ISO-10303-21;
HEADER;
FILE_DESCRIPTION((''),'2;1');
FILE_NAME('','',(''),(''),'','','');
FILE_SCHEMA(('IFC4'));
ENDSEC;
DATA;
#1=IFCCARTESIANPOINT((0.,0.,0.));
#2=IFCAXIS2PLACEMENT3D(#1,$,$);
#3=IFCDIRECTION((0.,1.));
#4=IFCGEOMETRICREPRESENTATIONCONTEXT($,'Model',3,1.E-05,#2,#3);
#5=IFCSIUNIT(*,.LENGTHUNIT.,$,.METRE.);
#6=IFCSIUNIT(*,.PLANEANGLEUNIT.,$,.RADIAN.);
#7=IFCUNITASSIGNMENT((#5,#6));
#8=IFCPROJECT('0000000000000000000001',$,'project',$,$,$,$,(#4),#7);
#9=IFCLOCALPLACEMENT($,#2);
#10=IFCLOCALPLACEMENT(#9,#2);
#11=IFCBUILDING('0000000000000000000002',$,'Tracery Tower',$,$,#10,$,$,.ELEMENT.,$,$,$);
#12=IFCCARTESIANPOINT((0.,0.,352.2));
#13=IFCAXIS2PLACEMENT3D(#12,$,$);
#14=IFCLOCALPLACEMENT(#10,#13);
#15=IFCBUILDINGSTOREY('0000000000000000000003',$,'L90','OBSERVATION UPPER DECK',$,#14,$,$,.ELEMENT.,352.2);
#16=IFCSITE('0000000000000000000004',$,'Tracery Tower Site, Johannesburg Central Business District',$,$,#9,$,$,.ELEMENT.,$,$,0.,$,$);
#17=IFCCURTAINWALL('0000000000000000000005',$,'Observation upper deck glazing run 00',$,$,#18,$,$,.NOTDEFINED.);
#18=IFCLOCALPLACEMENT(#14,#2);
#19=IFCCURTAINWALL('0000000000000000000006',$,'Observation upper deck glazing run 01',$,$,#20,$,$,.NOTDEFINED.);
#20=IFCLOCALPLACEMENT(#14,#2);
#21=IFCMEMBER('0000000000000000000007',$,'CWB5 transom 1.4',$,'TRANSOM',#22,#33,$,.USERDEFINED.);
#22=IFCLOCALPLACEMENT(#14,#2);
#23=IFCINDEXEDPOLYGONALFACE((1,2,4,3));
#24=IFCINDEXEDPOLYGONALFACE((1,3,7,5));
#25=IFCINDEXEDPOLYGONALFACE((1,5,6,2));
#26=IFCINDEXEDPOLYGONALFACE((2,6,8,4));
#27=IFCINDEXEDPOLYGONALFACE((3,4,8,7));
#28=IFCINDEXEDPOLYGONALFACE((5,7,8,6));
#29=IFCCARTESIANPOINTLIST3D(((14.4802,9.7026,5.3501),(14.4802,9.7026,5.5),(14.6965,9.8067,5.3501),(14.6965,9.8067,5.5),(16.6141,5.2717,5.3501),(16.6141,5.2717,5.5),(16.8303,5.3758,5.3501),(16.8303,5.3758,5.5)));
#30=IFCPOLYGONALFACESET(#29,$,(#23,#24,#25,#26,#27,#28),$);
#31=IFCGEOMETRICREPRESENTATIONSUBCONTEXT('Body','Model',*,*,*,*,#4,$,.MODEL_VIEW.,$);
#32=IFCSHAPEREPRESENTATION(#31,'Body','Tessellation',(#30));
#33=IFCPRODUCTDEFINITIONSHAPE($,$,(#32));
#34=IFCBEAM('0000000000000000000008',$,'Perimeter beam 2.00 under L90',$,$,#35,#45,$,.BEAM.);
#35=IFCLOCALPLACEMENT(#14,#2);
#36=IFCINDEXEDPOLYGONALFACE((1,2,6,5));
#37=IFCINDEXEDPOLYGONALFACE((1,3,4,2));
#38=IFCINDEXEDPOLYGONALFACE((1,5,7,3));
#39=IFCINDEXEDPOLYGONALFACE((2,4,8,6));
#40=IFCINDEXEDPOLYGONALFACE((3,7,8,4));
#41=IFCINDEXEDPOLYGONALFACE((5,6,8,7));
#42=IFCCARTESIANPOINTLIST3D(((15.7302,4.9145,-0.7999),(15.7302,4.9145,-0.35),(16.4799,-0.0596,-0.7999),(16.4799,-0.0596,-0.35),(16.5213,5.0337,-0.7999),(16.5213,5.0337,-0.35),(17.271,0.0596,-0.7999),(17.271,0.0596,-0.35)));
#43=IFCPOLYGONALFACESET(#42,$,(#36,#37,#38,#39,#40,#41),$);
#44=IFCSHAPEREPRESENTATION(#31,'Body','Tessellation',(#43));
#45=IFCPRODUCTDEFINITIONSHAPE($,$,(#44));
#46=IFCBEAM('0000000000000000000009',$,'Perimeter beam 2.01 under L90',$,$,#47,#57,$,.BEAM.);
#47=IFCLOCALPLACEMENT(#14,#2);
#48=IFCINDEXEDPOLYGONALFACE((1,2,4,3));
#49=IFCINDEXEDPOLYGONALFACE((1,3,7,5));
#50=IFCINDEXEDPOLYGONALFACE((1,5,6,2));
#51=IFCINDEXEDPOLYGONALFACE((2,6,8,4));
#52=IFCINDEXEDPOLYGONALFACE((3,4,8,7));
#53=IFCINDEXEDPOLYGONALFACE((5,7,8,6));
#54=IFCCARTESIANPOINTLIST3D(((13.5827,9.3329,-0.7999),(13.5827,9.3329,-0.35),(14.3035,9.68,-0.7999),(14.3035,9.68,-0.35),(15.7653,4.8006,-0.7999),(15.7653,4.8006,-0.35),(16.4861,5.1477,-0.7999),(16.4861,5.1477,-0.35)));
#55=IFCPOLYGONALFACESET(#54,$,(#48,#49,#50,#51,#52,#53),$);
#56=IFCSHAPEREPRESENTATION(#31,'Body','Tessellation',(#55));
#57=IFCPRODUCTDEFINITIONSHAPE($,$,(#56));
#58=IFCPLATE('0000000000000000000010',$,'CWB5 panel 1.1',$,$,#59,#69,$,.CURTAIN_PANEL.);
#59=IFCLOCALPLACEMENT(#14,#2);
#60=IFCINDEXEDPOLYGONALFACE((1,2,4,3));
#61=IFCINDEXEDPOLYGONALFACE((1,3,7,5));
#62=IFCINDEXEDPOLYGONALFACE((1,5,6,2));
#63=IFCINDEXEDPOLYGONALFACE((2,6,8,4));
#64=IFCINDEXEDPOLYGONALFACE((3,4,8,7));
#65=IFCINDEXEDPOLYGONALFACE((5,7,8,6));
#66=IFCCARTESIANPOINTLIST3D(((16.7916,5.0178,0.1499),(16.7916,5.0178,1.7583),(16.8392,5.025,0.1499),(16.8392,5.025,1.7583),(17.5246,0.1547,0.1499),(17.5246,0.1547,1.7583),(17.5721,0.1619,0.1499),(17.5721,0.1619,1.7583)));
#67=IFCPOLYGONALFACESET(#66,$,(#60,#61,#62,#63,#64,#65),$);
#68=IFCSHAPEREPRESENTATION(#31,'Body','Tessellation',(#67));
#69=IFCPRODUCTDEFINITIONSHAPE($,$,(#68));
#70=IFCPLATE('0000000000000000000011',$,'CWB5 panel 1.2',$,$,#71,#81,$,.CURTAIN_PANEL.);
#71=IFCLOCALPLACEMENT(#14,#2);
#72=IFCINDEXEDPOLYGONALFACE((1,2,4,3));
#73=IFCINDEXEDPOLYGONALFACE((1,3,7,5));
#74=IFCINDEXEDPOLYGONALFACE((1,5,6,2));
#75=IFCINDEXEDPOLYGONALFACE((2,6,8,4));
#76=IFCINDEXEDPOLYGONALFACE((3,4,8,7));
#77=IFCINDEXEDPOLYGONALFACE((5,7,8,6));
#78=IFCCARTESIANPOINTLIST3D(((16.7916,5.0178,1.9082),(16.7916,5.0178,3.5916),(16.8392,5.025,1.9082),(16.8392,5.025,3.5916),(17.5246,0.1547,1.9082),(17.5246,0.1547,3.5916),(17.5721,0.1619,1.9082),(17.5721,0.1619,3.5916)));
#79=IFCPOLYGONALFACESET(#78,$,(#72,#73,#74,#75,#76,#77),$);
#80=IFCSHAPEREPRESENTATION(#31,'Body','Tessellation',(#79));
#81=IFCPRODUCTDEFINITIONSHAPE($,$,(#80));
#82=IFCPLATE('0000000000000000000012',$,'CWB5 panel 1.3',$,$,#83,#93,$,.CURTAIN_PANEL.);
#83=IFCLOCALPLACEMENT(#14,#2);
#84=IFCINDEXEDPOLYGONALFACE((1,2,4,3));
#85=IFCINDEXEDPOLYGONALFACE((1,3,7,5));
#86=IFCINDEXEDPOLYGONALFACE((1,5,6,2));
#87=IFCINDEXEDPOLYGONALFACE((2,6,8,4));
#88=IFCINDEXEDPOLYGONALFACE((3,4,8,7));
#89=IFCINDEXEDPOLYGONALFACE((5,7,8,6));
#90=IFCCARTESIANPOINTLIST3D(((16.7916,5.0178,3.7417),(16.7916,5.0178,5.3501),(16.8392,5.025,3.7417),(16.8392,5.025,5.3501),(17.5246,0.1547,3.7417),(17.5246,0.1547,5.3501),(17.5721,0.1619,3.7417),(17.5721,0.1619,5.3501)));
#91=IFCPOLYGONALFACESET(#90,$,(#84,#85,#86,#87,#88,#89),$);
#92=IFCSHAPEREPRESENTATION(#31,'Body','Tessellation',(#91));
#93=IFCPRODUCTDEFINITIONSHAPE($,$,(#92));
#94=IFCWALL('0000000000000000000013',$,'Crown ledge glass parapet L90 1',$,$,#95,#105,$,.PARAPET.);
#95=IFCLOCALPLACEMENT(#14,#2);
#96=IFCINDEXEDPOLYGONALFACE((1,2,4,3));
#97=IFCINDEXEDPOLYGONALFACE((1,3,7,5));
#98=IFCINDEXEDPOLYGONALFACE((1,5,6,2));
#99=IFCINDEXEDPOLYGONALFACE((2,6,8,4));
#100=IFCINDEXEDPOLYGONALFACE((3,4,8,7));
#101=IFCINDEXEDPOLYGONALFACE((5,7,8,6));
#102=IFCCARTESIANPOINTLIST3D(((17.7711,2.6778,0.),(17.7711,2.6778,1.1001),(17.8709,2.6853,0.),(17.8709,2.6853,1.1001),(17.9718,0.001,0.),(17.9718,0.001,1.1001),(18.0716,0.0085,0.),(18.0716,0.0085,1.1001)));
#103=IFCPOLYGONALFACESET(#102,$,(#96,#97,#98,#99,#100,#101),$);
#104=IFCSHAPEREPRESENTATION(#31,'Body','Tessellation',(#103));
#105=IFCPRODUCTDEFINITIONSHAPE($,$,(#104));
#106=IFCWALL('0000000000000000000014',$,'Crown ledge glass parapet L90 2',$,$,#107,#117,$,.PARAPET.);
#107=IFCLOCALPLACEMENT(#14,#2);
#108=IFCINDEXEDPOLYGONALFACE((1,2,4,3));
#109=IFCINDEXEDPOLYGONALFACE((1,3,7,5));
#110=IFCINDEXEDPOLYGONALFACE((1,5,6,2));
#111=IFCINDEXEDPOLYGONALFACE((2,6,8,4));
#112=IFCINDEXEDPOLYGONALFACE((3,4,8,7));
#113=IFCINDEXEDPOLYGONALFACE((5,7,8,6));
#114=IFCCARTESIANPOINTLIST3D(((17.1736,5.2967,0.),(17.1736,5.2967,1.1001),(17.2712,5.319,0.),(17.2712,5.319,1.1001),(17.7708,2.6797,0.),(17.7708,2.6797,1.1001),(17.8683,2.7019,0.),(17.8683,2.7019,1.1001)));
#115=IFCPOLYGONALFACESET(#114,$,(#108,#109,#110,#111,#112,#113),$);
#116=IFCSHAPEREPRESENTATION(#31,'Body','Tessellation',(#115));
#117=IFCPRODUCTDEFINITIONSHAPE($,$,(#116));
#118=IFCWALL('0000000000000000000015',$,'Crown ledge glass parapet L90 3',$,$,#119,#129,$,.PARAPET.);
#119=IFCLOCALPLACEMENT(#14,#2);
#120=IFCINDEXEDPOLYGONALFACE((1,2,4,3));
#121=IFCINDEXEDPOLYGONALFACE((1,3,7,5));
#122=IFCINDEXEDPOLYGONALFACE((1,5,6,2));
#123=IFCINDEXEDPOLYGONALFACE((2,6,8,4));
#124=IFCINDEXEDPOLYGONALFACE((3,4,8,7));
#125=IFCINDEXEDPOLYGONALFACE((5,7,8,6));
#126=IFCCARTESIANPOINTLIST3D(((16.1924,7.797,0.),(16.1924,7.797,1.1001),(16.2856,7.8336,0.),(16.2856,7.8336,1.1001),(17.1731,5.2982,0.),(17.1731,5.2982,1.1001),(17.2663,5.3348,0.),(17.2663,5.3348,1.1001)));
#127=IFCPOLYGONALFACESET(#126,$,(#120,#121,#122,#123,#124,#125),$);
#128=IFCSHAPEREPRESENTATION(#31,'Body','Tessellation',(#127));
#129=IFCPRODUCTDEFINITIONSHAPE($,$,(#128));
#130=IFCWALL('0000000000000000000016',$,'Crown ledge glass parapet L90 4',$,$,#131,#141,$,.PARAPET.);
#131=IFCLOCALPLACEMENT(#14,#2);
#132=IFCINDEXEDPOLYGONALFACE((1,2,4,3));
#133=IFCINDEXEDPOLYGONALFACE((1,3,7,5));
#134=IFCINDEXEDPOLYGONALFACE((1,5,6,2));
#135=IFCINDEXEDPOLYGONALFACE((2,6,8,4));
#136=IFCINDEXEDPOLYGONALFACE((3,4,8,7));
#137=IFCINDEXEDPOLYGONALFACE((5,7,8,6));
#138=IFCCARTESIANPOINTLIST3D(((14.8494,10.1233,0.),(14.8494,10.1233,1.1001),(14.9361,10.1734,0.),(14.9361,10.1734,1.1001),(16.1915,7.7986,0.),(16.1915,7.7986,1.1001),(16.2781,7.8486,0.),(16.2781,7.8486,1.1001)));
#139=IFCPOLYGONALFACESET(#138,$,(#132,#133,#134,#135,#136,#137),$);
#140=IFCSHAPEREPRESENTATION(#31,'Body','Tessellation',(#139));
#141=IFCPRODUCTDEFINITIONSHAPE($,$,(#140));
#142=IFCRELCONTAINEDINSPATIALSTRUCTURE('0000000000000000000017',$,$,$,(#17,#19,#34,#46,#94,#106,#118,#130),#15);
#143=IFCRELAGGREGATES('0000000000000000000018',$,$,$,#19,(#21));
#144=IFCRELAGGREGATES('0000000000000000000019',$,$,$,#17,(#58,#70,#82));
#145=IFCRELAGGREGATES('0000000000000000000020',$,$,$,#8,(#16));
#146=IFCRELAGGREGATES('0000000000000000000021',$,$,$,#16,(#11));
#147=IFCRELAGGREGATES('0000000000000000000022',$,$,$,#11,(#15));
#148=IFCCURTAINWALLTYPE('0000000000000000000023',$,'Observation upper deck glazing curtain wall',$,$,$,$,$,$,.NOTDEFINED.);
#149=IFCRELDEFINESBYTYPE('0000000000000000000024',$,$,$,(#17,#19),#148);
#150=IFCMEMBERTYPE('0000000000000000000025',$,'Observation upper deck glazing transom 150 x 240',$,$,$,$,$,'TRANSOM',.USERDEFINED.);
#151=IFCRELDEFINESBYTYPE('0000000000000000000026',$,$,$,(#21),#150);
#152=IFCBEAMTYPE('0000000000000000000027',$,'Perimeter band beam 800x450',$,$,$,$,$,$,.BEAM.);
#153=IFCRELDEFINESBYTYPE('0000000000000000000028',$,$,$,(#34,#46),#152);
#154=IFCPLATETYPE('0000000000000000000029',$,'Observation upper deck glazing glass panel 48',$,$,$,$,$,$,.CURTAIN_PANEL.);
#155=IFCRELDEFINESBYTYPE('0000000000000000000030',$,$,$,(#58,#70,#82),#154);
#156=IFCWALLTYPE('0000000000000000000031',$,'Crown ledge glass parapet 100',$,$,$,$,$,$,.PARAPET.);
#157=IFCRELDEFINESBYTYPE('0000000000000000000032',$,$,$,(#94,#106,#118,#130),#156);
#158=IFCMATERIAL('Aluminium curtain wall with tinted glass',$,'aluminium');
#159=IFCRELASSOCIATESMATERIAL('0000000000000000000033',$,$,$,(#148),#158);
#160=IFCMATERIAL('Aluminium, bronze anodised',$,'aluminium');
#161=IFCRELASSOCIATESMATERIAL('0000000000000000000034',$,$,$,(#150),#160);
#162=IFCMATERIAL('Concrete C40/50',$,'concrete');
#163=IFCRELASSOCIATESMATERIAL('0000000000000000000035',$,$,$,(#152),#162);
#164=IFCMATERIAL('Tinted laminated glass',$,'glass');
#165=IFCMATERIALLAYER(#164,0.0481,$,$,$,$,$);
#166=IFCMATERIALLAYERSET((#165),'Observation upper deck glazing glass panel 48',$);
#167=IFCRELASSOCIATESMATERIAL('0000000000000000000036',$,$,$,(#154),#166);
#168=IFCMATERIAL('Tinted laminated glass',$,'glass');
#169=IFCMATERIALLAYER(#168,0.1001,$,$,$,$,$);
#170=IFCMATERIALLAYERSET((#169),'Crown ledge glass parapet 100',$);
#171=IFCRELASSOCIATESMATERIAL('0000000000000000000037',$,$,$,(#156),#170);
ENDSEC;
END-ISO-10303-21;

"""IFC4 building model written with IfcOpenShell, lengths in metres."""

from ifc_helpers import new_model, si_unit, direction, frame, frame_2d, origin, origin_2d, place, context, subcontext, project, spatial, rectangle, extrude, material, layer, layer_set, material_profile, profile_set, type_object, element, aggregate, save


model = new_model("IFC4")

# Units and contexts
model_context = context("Model", 3, precision=1e-05, world=origin(), true_north=direction((0.0, 1.0)))
body_context = subcontext(model_context, "Body", "Model", "MODEL_VIEW")
ifc_project = project(units=[si_unit("LENGTHUNIT", "METRE"), si_unit("PLANEANGLEUNIT", "RADIAN")], contexts=[model_context])

# Site, building, storey
site_placement = place(None, origin())
site = spatial("IfcSite", under=ifc_project, at=site_placement, Name="Tracery Tower Site, Johannesburg Central Business District", CompositionType="ELEMENT", RefElevation=0.0)
building_placement = place(site_placement, origin())
building = spatial("IfcBuilding", under=site, at=building_placement, Name="Tracery Tower", CompositionType="ELEMENT")
storey_placement = place(building_placement, frame((0.0, 0.0, 352.2)))
storey = spatial("IfcBuildingStorey", under=building, at=storey_placement, Name="L90", Description="OBSERVATION UPPER DECK", CompositionType="ELEMENT", Elevation=352.2)

# Curtain wall
ifc_material_1 = material(Name="Aluminium curtain wall with tinted glass", Category="aluminium")
curtain_wall_type = type_object("IfcCurtainWallType", Name="Observation upper deck glazing curtain wall", PredefinedType="NOTDEFINED", material=ifc_material_1)
curtain_wall_1_placement = place(storey_placement, origin())
curtain_wall_1 = element("IfcCurtainWall", 1, at=curtain_wall_1_placement, inside=storey, type_object=curtain_wall_type, Name="Observation upper deck glazing run 00", PredefinedType="NOTDEFINED")

# Curtain wall
curtain_wall_2_placement = place(storey_placement, origin())
curtain_wall_2 = element("IfcCurtainWall", 2, at=curtain_wall_2_placement, inside=storey, type_object=curtain_wall_type, Name="Observation upper deck glazing run 01", PredefinedType="NOTDEFINED")

# Member
ifc_material_2 = material(Name="Aluminium, bronze anodised", Category="aluminium")
ifc_material_profile_1 = material_profile(ifc_material_2, rectangle(XDim=0.24, YDim=0.1499, at=origin_2d()), Name="Observation upper deck glazing transom 150 x 240")
ifc_profile_set_1 = profile_set([ifc_material_profile_1], Name="Aluminium, bronze anodised")
member_type_1 = type_object("IfcMemberType", Name="Observation upper deck glazing transom 150 x 240", ElementType="TRANSOM", PredefinedType="USERDEFINED", material=ifc_profile_set_1)
member_1_placement = place(storey_placement, frame((16.7222, 5.3237, 5.425), z_axis=(-0.43388, 0.900971, 0.0), x_axis=(-0.900971, -0.43388, 0.0)))
member_1 = element("IfcMember", 3, at=member_1_placement, type_object=member_type_1, Name="CWB5 transom 1.4", ObjectType="TRANSOM", PredefinedType="USERDEFINED", context=body_context, shape_type="SweptSolid", body=[
    extrude(rectangle(XDim=0.24, YDim=0.1499, at=origin_2d()), origin(), (0.0, 0.0, 1.0), 4.918),
])
aggregate(curtain_wall_2, [member_1])

# Beams
ifc_material_3 = material(Name="Concrete C40/50", Category="concrete")
ifc_material_profile_2 = material_profile(ifc_material_3, rectangle(XDim=0.8, YDim=0.45, at=origin_2d()), Name="RC 800x450")
ifc_profile_set_2 = profile_set([ifc_material_profile_2], Name="Concrete C40/50")
beam_type = type_object("IfcBeamType", Name="Perimeter band beam 800x450", PredefinedType="BEAM", material=ifc_profile_set_2)
beam_1_placement = place(storey_placement, frame((16.8755, 0.0, -0.575), z_axis=(-0.149048, 0.98883, 0.0), x_axis=(-0.98883, -0.149048, 0.0)))
element("IfcBeam", 4, at=beam_1_placement, inside=storey, type_object=beam_type, Name="Perimeter beam 2.00 under L90", PredefinedType="BEAM", context=body_context, shape_type="SweptSolid", body=[
    extrude(rectangle(XDim=0.8, YDim=0.45, at=origin_2d()), origin(), (0.0, 0.0, 1.0), 5.0303),
])
beam_2_placement = place(storey_placement, frame((16.1257, 4.9741, -0.575), z_axis=(-0.433886, 0.900968, 0.0), x_axis=(-0.900968, -0.433886, 0.0)))
element("IfcBeam", 5, at=beam_2_placement, inside=storey, type_object=beam_type, Name="Perimeter beam 2.01 under L90", PredefinedType="BEAM", context=body_context, shape_type="SweptSolid", body=[
    extrude(rectangle(XDim=0.8, YDim=0.45, at=origin_2d()), origin(), (0.0, 0.0, 1.0), 5.0305),
])

# Plates
ifc_material_4 = material(Name="Tinted laminated glass", Category="glass")
ifc_layer_1 = layer(ifc_material_4, 0.0481)
ifc_layer_set_1 = layer_set([ifc_layer_1], Name="Observation upper deck glazing glass panel 48")
plate_type = type_object("IfcPlateType", Name="Observation upper deck glazing glass panel 48", PredefinedType="CURTAIN_PANEL", material=ifc_layer_set_1)
plate_1_placement = place(storey_placement, frame((17.1819, 2.5898, 0.1499), z_axis=(0.0, 0.0, 1.0), x_axis=(-0.149033, 0.988832, 0.0)))
plate_1 = element("IfcPlate", 6, at=plate_1_placement, type_object=plate_type, Name="CWB5 panel 1.1", PredefinedType="CURTAIN_PANEL", context=body_context, shape_type="SweptSolid", body=[
    extrude(rectangle(XDim=4.918, YDim=0.0481, at=origin_2d()), origin(), (0.0, 0.0, 1.0), 1.6084),
])
plate_2_placement = place(storey_placement, frame((17.1819, 2.5898, 1.9082), z_axis=(0.0, 0.0, 1.0), x_axis=(-0.149033, 0.988832, 0.0)))
plate_2 = element("IfcPlate", 7, at=plate_2_placement, type_object=plate_type, Name="CWB5 panel 1.2", PredefinedType="CURTAIN_PANEL", context=body_context, shape_type="SweptSolid", body=[
    extrude(rectangle(XDim=4.918, YDim=0.0481, at=origin_2d()), origin(), (0.0, 0.0, 1.0), 1.6833),
])
plate_3_placement = place(storey_placement, frame((17.1819, 2.5898, 3.7417), z_axis=(0.0, 0.0, 1.0), x_axis=(-0.149033, 0.988832, 0.0)))
plate_3 = element("IfcPlate", 8, at=plate_3_placement, type_object=plate_type, Name="CWB5 panel 1.3", PredefinedType="CURTAIN_PANEL", context=body_context, shape_type="SweptSolid", body=[
    extrude(rectangle(XDim=4.918, YDim=0.0481, at=origin_2d()), origin(), (0.0, 0.0, 1.0), 1.6084),
])
aggregate(curtain_wall_1, [plate_1, plate_2, plate_3])

# Walls
ifc_material_5 = material(Name="Tinted laminated glass", Category="glass")
ifc_layer_2 = layer(ifc_material_5, 0.1001)
ifc_layer_set_2 = layer_set([ifc_layer_2], Name="Crown ledge glass parapet 100")
wall_type = type_object("IfcWallType", Name="Crown ledge glass parapet 100", PredefinedType="PARAPET", material=ifc_layer_set_2)
for number, where, z_axis, x_axis, name in (
    (9, (18.0217, 0.0046, 0.0), (0.0, 0.0, 1.0), (-0.074763, 0.997201, 0.0), "Crown ledge glass parapet L90 1"),
    (10, (17.8196, 2.6907, 0.0), (0.0, 0.0, 1.0), (-0.222474, 0.974939, 0.0), "Crown ledge glass parapet L90 2"),
    (11, (17.2197, 5.3164, 0.0), (0.0, 0.0, 1.0), (-0.365346, 0.930872, 0.0), "Crown ledge glass parapet L90 3"),
    (12, (16.2349, 7.8235, 0.0), (0.0, 0.0, 1.0), (-0.499964, 0.866046, 0.0), "Crown ledge glass parapet L90 4"),
):
    element("IfcWall", number, at=place(storey_placement, frame(where, z_axis=z_axis, x_axis=x_axis)), inside=storey, type_object=wall_type, Name=name, PredefinedType="PARAPET", context=body_context, shape_type="SweptSolid", body=[
        extrude(rectangle(XDim=2.6843, YDim=0.1001, at=frame_2d((1.3423, 0.0))), origin(), (0.0, 0.0, 1.0), 1.1001),
    ])

save(model, "model.ifc")
